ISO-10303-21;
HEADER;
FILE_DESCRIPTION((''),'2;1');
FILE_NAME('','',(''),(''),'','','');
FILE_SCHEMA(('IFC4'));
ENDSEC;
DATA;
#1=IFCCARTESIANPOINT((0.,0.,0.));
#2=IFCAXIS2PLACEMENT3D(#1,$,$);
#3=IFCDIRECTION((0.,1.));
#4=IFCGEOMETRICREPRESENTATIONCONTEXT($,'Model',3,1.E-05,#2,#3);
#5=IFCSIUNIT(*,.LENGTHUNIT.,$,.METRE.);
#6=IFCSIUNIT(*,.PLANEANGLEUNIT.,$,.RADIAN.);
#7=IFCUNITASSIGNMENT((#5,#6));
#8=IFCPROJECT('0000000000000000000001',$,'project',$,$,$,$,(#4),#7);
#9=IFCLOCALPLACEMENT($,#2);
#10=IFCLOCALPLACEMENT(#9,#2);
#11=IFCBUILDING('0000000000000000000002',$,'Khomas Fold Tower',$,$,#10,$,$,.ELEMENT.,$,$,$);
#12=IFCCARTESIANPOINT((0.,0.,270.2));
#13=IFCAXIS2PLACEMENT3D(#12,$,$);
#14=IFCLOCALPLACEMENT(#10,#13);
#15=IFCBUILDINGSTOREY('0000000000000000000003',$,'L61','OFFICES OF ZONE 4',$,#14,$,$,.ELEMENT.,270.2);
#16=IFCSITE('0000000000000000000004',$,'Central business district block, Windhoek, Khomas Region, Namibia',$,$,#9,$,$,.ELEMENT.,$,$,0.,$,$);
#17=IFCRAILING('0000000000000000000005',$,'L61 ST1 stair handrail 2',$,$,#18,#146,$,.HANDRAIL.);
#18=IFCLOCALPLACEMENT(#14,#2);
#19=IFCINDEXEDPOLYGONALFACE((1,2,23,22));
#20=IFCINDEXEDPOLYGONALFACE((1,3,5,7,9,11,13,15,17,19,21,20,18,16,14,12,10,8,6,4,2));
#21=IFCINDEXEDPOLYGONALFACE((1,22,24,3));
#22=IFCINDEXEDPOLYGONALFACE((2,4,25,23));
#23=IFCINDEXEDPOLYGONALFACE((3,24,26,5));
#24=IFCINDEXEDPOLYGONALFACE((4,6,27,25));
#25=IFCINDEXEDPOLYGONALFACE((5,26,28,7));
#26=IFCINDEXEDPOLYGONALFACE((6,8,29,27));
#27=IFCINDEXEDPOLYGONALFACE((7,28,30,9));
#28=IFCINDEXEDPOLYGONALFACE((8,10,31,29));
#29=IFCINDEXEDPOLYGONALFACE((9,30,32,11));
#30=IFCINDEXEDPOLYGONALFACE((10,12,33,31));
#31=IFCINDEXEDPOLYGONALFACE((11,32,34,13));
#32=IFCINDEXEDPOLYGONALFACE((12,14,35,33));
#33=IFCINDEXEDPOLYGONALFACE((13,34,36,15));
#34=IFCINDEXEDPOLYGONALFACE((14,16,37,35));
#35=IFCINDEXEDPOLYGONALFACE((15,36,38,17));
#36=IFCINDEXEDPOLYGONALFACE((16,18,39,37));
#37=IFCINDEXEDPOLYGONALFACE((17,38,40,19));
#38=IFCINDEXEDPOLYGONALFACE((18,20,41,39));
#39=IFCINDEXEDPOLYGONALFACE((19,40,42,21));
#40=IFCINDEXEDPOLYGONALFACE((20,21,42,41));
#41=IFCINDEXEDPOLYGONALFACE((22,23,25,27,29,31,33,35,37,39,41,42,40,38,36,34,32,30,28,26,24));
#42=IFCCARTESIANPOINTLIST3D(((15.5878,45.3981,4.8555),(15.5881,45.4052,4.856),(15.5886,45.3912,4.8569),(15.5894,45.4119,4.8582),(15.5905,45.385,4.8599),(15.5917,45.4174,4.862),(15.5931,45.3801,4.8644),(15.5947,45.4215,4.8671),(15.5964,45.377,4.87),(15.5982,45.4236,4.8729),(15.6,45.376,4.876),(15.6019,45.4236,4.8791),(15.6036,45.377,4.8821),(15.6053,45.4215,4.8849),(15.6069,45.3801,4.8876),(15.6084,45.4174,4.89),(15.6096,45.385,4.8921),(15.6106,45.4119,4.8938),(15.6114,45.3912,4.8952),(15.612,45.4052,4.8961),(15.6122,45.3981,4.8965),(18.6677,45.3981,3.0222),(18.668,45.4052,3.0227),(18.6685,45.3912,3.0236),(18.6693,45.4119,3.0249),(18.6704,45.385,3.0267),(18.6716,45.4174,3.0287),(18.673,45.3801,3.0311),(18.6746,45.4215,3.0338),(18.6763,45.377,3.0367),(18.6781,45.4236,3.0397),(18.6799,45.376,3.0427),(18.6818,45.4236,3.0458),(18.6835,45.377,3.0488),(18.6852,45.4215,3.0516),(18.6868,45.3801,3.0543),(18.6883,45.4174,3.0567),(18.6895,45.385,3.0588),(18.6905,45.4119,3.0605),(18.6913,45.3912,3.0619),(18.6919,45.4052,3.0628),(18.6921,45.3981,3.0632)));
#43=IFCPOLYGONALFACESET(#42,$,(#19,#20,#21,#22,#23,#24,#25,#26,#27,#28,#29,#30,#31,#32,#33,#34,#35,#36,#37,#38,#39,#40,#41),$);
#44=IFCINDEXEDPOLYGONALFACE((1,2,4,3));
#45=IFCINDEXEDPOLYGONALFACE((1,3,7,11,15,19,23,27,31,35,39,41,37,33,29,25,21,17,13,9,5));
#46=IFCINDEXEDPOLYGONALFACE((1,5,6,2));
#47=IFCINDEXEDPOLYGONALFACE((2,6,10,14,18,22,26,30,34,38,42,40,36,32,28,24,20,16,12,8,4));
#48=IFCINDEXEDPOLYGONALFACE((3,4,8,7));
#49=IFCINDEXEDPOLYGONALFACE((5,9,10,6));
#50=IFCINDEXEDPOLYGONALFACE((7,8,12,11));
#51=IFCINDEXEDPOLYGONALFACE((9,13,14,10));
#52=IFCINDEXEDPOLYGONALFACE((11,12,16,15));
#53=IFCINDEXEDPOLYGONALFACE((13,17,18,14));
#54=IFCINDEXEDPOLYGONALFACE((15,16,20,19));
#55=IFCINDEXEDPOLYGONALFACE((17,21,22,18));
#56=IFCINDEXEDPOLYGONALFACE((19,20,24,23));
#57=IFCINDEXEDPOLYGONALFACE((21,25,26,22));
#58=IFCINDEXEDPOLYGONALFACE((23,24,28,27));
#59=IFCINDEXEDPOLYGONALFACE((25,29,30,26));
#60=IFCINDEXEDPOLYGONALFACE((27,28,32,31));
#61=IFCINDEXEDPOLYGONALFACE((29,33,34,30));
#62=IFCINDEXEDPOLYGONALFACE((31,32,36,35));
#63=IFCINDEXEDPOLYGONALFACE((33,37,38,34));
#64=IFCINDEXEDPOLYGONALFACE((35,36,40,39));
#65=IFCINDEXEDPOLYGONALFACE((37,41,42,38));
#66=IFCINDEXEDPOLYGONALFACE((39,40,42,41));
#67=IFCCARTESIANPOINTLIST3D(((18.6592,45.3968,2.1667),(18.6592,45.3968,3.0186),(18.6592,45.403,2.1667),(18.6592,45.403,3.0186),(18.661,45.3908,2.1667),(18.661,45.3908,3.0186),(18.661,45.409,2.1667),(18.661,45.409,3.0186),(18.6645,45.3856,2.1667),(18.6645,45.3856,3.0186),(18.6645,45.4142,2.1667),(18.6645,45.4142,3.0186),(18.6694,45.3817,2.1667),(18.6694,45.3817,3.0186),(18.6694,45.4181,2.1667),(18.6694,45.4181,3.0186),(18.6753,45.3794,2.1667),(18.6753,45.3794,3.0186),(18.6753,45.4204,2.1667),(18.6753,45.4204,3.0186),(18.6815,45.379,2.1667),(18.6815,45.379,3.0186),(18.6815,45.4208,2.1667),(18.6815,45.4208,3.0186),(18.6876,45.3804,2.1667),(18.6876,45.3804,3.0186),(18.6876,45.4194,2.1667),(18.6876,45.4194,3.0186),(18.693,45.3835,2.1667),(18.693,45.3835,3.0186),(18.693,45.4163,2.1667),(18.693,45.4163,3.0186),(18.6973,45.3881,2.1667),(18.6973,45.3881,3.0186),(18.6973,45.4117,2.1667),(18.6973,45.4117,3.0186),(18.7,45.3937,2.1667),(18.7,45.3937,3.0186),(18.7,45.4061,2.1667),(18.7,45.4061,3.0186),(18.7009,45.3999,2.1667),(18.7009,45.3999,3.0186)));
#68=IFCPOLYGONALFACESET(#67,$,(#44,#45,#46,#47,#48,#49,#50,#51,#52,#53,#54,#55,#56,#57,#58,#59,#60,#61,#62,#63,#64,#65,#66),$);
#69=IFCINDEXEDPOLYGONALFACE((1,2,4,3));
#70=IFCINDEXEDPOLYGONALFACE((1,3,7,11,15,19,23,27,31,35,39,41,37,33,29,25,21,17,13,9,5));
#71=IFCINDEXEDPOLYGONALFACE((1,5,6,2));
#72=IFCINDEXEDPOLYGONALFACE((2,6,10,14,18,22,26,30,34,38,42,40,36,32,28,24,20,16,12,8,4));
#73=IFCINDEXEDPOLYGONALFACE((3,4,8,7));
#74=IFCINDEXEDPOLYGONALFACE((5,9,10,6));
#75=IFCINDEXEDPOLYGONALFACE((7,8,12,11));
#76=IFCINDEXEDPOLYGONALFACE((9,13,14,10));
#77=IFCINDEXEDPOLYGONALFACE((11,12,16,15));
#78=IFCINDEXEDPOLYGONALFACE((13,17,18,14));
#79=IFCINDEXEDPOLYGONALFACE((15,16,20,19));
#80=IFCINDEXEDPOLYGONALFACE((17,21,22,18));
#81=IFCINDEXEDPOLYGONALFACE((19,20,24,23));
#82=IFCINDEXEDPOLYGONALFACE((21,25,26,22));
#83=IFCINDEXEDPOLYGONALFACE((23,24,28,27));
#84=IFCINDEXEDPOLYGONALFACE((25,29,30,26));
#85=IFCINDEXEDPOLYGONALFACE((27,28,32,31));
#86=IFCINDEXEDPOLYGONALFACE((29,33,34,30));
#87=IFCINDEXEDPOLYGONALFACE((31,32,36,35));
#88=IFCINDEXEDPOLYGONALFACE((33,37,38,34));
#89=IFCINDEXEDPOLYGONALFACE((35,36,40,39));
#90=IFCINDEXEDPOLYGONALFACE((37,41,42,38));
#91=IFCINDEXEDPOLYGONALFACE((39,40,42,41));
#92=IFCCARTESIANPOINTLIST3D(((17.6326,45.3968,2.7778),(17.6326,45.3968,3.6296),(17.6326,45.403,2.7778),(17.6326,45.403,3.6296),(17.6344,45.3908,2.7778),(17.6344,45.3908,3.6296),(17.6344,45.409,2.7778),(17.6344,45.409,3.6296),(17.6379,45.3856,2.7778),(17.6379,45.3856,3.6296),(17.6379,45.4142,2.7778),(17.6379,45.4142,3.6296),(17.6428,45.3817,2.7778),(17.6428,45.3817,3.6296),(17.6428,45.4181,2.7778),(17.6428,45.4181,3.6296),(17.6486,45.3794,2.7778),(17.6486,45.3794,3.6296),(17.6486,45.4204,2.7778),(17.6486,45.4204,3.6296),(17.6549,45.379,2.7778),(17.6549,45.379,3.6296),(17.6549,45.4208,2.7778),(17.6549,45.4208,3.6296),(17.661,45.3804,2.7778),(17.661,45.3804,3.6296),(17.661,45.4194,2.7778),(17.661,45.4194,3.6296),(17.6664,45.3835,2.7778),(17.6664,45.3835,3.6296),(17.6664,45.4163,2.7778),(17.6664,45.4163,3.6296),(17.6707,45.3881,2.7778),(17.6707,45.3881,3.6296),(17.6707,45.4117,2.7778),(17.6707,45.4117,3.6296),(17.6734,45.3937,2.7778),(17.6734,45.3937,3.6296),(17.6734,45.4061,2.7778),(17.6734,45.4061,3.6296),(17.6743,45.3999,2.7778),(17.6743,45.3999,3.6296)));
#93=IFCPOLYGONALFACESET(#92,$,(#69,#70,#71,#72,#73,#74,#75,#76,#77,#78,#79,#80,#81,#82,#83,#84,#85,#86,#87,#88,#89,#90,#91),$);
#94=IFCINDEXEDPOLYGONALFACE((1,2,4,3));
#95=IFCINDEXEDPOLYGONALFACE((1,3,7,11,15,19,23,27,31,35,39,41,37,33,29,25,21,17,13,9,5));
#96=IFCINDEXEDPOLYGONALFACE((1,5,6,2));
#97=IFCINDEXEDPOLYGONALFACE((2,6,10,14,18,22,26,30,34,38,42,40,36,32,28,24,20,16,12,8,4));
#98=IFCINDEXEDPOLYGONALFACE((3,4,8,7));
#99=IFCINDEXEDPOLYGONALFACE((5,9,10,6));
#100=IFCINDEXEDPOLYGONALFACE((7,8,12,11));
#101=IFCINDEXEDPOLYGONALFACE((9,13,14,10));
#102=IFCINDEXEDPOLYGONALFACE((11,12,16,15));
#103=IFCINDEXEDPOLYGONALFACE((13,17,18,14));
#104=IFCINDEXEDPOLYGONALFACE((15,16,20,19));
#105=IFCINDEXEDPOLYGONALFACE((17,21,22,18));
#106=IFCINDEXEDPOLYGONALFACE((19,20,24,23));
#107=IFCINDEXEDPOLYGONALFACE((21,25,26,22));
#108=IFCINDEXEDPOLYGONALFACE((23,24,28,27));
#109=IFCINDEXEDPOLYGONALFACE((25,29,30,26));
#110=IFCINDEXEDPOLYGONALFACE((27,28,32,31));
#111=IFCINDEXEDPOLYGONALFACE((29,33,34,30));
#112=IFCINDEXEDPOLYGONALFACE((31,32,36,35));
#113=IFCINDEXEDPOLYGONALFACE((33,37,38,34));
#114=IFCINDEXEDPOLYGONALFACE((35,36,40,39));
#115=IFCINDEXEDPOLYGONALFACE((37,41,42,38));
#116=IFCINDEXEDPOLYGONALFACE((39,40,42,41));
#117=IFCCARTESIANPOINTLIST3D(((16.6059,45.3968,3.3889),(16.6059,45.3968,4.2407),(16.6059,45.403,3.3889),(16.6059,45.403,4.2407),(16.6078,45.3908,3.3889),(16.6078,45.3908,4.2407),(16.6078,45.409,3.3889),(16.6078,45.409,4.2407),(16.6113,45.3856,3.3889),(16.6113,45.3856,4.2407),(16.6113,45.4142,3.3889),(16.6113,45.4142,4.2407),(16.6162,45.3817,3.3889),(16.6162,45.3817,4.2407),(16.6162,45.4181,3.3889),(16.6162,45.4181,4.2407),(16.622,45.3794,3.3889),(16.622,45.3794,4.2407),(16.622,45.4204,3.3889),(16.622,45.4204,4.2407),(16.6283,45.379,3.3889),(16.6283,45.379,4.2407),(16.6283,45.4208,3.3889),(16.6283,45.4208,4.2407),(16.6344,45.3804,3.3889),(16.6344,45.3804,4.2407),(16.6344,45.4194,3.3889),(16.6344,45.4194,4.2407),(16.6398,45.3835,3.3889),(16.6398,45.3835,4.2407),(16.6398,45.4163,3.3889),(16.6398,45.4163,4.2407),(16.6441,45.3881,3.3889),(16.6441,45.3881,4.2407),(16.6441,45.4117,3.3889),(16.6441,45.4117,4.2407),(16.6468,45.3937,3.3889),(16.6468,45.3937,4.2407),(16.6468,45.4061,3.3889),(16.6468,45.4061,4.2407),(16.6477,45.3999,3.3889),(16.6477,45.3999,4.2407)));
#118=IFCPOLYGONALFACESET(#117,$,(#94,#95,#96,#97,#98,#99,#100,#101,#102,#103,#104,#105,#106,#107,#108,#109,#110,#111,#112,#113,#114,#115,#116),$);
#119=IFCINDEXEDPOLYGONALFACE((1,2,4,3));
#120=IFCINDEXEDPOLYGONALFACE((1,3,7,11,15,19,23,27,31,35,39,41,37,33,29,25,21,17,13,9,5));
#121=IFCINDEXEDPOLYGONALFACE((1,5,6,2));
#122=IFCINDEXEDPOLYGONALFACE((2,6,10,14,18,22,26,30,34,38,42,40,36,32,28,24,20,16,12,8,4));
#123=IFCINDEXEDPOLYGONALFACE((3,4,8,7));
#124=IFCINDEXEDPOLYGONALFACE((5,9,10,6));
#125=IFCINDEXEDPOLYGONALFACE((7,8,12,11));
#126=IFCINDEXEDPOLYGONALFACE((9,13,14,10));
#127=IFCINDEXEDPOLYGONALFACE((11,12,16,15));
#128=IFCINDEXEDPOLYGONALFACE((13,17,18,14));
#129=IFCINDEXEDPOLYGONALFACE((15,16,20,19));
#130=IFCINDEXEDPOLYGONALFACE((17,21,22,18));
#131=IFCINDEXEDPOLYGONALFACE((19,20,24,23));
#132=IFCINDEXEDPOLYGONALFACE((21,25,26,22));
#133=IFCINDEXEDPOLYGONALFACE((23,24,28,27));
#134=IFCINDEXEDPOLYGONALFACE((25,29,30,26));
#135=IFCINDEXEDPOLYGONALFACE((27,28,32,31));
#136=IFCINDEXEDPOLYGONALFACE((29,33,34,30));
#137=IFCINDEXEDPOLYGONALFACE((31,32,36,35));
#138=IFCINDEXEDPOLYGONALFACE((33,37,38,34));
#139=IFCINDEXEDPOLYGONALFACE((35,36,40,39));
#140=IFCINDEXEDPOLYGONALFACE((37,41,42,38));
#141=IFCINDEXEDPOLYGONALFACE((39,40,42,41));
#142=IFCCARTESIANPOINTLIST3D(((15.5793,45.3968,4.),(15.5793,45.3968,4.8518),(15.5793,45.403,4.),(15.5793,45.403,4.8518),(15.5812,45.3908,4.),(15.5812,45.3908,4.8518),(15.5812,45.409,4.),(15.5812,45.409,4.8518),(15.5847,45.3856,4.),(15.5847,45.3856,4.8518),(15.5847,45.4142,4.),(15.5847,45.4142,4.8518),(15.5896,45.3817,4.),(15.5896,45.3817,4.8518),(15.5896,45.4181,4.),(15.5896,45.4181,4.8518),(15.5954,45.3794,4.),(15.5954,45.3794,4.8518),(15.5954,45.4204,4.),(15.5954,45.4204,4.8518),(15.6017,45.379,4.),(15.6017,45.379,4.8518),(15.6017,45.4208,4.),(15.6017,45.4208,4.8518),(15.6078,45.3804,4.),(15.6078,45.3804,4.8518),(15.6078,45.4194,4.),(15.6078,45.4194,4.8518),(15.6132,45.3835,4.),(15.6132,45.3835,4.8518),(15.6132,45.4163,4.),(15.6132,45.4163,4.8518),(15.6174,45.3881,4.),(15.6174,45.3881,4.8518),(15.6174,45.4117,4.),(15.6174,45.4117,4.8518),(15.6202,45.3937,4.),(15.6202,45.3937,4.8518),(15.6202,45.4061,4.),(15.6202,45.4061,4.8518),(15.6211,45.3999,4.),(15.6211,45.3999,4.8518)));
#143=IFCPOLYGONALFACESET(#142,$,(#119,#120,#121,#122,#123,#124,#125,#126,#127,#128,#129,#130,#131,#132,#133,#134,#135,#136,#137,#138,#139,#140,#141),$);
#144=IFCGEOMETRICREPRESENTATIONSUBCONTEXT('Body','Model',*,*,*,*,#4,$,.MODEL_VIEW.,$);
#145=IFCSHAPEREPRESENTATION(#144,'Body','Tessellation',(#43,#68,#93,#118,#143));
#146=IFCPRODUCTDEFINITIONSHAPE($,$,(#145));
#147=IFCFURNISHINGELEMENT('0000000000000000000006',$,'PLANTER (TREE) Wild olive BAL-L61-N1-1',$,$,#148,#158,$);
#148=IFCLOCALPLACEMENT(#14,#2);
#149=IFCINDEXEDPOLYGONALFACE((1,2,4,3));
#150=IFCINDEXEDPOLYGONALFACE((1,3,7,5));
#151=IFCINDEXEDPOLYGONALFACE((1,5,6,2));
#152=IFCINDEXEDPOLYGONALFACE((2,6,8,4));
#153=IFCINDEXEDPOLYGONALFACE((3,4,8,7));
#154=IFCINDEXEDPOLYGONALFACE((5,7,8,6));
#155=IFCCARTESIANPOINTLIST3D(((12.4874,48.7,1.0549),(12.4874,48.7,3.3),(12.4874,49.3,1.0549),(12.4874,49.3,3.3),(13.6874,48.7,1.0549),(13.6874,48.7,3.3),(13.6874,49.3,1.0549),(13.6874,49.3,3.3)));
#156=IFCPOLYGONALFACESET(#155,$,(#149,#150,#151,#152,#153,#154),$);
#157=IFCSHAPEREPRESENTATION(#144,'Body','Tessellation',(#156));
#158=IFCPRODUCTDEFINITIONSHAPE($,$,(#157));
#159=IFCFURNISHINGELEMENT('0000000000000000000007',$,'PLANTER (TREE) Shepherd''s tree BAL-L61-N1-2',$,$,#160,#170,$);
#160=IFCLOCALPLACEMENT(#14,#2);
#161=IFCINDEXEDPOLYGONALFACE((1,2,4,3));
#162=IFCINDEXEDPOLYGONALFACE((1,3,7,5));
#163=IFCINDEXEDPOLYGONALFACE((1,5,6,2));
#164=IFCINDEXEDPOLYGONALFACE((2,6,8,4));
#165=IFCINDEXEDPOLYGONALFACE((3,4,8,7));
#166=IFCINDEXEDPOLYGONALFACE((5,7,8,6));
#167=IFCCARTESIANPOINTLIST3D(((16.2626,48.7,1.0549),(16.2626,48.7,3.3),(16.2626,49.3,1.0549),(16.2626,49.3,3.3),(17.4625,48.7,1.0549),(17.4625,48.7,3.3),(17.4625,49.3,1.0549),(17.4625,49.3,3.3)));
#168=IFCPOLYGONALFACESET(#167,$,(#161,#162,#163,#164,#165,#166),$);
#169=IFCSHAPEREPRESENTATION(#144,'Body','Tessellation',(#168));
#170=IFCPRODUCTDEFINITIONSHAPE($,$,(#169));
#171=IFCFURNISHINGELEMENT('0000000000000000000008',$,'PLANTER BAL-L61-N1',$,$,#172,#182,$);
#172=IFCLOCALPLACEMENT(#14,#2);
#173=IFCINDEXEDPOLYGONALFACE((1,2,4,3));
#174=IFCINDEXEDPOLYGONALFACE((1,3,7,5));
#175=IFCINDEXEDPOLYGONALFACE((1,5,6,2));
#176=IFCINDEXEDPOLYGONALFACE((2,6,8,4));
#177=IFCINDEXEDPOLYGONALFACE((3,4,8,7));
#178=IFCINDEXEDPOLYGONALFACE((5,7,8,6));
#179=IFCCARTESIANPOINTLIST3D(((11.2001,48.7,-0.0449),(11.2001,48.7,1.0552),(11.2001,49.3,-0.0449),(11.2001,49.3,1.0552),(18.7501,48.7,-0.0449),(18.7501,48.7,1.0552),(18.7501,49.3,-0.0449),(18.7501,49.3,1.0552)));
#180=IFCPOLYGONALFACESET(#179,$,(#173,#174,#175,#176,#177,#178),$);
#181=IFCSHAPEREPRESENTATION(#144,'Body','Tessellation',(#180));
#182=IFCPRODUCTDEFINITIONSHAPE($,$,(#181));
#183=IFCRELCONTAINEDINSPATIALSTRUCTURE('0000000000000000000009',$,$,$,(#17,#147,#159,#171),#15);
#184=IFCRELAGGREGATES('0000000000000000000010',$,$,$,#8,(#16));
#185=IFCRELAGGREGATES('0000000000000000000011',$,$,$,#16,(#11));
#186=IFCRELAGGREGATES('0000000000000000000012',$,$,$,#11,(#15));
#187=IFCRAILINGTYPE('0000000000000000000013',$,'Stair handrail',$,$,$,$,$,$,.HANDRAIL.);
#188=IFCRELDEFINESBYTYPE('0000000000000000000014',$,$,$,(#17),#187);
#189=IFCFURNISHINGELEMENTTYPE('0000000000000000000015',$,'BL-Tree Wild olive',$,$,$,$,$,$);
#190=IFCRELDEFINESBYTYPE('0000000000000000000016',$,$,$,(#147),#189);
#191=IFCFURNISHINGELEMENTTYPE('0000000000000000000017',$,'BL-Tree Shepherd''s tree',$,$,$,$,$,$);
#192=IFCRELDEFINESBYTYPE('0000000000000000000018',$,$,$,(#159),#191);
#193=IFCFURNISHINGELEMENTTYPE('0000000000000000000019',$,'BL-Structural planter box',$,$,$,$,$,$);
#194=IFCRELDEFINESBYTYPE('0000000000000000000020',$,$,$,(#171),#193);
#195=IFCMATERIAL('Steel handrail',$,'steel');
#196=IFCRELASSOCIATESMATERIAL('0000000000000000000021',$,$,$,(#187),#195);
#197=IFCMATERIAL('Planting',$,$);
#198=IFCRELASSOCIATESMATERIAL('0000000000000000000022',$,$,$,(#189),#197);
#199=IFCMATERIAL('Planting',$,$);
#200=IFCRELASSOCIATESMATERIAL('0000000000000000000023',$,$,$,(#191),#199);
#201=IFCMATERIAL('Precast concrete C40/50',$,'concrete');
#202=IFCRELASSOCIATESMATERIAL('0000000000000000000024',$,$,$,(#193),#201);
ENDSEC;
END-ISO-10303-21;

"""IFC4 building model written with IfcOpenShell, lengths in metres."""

from ifc_helpers import new_model, si_unit, direction, frame, origin, origin_2d, place, context, subcontext, project, spatial, rectangle, circle, extrude, source, transform, mapped, material, type_object, element, save


model = new_model("IFC4")

# Units and contexts
model_context = context("Model", 3, precision=1e-05, world=origin(), true_north=direction((0.0, 1.0)))
body_context = subcontext(model_context, "Body", "Model", "MODEL_VIEW")
ifc_project = project(units=[si_unit("LENGTHUNIT", "METRE"), si_unit("PLANEANGLEUNIT", "RADIAN")], contexts=[model_context])

# Site, building, storey
site_placement = place(None, origin())
site = spatial("IfcSite", under=ifc_project, at=site_placement, Name="Central business district block, Windhoek, Khomas Region, Namibia", CompositionType="ELEMENT", RefElevation=0.0)
building_placement = place(site_placement, origin())
building = spatial("IfcBuilding", under=site, at=building_placement, Name="Khomas Fold Tower", CompositionType="ELEMENT")
storey_placement = place(building_placement, frame((0.0, 0.0, 270.2)))
storey = spatial("IfcBuildingStorey", under=building, at=storey_placement, Name="L61", Description="OFFICES OF ZONE 4", CompositionType="ELEMENT", Elevation=270.2)

# Railing
ifc_material_1 = material(Name="Steel handrail", Category="steel")
railing_type_1 = type_object("IfcRailingType", Name="Stair handrail", PredefinedType="HANDRAIL", material=ifc_material_1)
shared_shape_1 = source(origin(), body_context, "Body", "SweptSolid", [
    extrude(circle(Radius=0.0239, at=origin_2d()), frame((0.0, 0.0, 0.876), z_axis=(-0.859291, 0.0, 0.511487), x_axis=(0.0, -1.0, 0.0)), (0.0, 0.0, 1.0), 3.5842),
    extrude(circle(Radius=0.021, at=origin_2d()), origin(), (0.0, 0.0, 1.0), 0.8518),
    extrude(circle(Radius=0.021, at=origin_2d()), frame((-1.0266, 0.0, 0.6111)), (0.0, 0.0, 1.0), 0.8518),
    extrude(circle(Radius=0.021, at=origin_2d()), frame((-2.0532, 0.0, 1.2222)), (0.0, 0.0, 1.0), 0.8518),
    extrude(circle(Radius=0.021, at=origin_2d()), frame((-3.0798, 0.0, 1.8333)), (0.0, 0.0, 1.0), 0.8518),
])
railing_1_placement = place(storey_placement, frame((18.6799, 45.3999, 2.1667)))
element("IfcRailing", 1, at=railing_1_placement, inside=storey, type_object=railing_type_1, Name="L61 ST1 stair handrail 2", PredefinedType="HANDRAIL", context=body_context, shape_type="MappedRepresentation", body=[
    mapped(shared_shape_1, transform((0.0, 0.0, 0.0))),
])

# Furnishing elements
ifc_material_2 = material(Name="Planting")
furnishing_element_type_1 = type_object("IfcFurnishingElementType", Name="BL-Tree Wild olive", material=ifc_material_2)
shared_shape_2 = source(origin(), body_context, "Body", "SweptSolid", [
    extrude(rectangle(XDim=1.2, YDim=0.6001, at=origin_2d()), origin(), (0.0, 0.0, 1.0), 2.2451),
])
furnishing_1_placement = place(storey_placement, frame((13.0874, 49.0, 1.0549), z_axis=(0.0, 0.0, 1.0), x_axis=(1.0, 0.0, 0.0)))
element("IfcFurnishingElement", 2, at=furnishing_1_placement, inside=storey, type_object=furnishing_element_type_1, Name="PLANTER (TREE) Wild olive BAL-L61-N1-1", context=body_context, shape_type="MappedRepresentation", body=[
    mapped(shared_shape_2, transform((0.0, 0.0, 0.0))),
])
ifc_material_3 = material(Name="Planting")
furnishing_element_type_2 = type_object("IfcFurnishingElementType", Name="BL-Tree Shepherd's tree", material=ifc_material_3)
furnishing_2_placement = place(storey_placement, frame((16.8625, 49.0, 1.0549), z_axis=(0.0, 0.0, 1.0), x_axis=(1.0, 0.0, 0.0)))
element("IfcFurnishingElement", 3, at=furnishing_2_placement, inside=storey, type_object=furnishing_element_type_2, Name="PLANTER (TREE) Shepherd's tree BAL-L61-N1-2", context=body_context, shape_type="MappedRepresentation", body=[
    mapped(shared_shape_2, transform((0.0, 0.0, 0.0))),
])
ifc_material_4 = material(Name="Precast concrete C40/50", Category="concrete")
furnishing_element_type_3 = type_object("IfcFurnishingElementType", Name="BL-Structural planter box", material=ifc_material_4)
shared_shape_3 = source(origin(), body_context, "Body", "SweptSolid", [
    extrude(rectangle(XDim=7.55, YDim=0.6001, at=origin_2d()), origin(), (0.0, 0.0, 1.0), 1.1001),
])
furnishing_3_placement = place(storey_placement, frame((14.9751, 49.0, -0.0449), z_axis=(0.0, 0.0, 1.0), x_axis=(1.0, 0.0, 0.0)))
element("IfcFurnishingElement", 4, at=furnishing_3_placement, inside=storey, type_object=furnishing_element_type_3, Name="PLANTER BAL-L61-N1", context=body_context, shape_type="MappedRepresentation", body=[
    mapped(shared_shape_3, transform((0.0, 0.0, 0.0))),
])

save(model, "model.ifc")
